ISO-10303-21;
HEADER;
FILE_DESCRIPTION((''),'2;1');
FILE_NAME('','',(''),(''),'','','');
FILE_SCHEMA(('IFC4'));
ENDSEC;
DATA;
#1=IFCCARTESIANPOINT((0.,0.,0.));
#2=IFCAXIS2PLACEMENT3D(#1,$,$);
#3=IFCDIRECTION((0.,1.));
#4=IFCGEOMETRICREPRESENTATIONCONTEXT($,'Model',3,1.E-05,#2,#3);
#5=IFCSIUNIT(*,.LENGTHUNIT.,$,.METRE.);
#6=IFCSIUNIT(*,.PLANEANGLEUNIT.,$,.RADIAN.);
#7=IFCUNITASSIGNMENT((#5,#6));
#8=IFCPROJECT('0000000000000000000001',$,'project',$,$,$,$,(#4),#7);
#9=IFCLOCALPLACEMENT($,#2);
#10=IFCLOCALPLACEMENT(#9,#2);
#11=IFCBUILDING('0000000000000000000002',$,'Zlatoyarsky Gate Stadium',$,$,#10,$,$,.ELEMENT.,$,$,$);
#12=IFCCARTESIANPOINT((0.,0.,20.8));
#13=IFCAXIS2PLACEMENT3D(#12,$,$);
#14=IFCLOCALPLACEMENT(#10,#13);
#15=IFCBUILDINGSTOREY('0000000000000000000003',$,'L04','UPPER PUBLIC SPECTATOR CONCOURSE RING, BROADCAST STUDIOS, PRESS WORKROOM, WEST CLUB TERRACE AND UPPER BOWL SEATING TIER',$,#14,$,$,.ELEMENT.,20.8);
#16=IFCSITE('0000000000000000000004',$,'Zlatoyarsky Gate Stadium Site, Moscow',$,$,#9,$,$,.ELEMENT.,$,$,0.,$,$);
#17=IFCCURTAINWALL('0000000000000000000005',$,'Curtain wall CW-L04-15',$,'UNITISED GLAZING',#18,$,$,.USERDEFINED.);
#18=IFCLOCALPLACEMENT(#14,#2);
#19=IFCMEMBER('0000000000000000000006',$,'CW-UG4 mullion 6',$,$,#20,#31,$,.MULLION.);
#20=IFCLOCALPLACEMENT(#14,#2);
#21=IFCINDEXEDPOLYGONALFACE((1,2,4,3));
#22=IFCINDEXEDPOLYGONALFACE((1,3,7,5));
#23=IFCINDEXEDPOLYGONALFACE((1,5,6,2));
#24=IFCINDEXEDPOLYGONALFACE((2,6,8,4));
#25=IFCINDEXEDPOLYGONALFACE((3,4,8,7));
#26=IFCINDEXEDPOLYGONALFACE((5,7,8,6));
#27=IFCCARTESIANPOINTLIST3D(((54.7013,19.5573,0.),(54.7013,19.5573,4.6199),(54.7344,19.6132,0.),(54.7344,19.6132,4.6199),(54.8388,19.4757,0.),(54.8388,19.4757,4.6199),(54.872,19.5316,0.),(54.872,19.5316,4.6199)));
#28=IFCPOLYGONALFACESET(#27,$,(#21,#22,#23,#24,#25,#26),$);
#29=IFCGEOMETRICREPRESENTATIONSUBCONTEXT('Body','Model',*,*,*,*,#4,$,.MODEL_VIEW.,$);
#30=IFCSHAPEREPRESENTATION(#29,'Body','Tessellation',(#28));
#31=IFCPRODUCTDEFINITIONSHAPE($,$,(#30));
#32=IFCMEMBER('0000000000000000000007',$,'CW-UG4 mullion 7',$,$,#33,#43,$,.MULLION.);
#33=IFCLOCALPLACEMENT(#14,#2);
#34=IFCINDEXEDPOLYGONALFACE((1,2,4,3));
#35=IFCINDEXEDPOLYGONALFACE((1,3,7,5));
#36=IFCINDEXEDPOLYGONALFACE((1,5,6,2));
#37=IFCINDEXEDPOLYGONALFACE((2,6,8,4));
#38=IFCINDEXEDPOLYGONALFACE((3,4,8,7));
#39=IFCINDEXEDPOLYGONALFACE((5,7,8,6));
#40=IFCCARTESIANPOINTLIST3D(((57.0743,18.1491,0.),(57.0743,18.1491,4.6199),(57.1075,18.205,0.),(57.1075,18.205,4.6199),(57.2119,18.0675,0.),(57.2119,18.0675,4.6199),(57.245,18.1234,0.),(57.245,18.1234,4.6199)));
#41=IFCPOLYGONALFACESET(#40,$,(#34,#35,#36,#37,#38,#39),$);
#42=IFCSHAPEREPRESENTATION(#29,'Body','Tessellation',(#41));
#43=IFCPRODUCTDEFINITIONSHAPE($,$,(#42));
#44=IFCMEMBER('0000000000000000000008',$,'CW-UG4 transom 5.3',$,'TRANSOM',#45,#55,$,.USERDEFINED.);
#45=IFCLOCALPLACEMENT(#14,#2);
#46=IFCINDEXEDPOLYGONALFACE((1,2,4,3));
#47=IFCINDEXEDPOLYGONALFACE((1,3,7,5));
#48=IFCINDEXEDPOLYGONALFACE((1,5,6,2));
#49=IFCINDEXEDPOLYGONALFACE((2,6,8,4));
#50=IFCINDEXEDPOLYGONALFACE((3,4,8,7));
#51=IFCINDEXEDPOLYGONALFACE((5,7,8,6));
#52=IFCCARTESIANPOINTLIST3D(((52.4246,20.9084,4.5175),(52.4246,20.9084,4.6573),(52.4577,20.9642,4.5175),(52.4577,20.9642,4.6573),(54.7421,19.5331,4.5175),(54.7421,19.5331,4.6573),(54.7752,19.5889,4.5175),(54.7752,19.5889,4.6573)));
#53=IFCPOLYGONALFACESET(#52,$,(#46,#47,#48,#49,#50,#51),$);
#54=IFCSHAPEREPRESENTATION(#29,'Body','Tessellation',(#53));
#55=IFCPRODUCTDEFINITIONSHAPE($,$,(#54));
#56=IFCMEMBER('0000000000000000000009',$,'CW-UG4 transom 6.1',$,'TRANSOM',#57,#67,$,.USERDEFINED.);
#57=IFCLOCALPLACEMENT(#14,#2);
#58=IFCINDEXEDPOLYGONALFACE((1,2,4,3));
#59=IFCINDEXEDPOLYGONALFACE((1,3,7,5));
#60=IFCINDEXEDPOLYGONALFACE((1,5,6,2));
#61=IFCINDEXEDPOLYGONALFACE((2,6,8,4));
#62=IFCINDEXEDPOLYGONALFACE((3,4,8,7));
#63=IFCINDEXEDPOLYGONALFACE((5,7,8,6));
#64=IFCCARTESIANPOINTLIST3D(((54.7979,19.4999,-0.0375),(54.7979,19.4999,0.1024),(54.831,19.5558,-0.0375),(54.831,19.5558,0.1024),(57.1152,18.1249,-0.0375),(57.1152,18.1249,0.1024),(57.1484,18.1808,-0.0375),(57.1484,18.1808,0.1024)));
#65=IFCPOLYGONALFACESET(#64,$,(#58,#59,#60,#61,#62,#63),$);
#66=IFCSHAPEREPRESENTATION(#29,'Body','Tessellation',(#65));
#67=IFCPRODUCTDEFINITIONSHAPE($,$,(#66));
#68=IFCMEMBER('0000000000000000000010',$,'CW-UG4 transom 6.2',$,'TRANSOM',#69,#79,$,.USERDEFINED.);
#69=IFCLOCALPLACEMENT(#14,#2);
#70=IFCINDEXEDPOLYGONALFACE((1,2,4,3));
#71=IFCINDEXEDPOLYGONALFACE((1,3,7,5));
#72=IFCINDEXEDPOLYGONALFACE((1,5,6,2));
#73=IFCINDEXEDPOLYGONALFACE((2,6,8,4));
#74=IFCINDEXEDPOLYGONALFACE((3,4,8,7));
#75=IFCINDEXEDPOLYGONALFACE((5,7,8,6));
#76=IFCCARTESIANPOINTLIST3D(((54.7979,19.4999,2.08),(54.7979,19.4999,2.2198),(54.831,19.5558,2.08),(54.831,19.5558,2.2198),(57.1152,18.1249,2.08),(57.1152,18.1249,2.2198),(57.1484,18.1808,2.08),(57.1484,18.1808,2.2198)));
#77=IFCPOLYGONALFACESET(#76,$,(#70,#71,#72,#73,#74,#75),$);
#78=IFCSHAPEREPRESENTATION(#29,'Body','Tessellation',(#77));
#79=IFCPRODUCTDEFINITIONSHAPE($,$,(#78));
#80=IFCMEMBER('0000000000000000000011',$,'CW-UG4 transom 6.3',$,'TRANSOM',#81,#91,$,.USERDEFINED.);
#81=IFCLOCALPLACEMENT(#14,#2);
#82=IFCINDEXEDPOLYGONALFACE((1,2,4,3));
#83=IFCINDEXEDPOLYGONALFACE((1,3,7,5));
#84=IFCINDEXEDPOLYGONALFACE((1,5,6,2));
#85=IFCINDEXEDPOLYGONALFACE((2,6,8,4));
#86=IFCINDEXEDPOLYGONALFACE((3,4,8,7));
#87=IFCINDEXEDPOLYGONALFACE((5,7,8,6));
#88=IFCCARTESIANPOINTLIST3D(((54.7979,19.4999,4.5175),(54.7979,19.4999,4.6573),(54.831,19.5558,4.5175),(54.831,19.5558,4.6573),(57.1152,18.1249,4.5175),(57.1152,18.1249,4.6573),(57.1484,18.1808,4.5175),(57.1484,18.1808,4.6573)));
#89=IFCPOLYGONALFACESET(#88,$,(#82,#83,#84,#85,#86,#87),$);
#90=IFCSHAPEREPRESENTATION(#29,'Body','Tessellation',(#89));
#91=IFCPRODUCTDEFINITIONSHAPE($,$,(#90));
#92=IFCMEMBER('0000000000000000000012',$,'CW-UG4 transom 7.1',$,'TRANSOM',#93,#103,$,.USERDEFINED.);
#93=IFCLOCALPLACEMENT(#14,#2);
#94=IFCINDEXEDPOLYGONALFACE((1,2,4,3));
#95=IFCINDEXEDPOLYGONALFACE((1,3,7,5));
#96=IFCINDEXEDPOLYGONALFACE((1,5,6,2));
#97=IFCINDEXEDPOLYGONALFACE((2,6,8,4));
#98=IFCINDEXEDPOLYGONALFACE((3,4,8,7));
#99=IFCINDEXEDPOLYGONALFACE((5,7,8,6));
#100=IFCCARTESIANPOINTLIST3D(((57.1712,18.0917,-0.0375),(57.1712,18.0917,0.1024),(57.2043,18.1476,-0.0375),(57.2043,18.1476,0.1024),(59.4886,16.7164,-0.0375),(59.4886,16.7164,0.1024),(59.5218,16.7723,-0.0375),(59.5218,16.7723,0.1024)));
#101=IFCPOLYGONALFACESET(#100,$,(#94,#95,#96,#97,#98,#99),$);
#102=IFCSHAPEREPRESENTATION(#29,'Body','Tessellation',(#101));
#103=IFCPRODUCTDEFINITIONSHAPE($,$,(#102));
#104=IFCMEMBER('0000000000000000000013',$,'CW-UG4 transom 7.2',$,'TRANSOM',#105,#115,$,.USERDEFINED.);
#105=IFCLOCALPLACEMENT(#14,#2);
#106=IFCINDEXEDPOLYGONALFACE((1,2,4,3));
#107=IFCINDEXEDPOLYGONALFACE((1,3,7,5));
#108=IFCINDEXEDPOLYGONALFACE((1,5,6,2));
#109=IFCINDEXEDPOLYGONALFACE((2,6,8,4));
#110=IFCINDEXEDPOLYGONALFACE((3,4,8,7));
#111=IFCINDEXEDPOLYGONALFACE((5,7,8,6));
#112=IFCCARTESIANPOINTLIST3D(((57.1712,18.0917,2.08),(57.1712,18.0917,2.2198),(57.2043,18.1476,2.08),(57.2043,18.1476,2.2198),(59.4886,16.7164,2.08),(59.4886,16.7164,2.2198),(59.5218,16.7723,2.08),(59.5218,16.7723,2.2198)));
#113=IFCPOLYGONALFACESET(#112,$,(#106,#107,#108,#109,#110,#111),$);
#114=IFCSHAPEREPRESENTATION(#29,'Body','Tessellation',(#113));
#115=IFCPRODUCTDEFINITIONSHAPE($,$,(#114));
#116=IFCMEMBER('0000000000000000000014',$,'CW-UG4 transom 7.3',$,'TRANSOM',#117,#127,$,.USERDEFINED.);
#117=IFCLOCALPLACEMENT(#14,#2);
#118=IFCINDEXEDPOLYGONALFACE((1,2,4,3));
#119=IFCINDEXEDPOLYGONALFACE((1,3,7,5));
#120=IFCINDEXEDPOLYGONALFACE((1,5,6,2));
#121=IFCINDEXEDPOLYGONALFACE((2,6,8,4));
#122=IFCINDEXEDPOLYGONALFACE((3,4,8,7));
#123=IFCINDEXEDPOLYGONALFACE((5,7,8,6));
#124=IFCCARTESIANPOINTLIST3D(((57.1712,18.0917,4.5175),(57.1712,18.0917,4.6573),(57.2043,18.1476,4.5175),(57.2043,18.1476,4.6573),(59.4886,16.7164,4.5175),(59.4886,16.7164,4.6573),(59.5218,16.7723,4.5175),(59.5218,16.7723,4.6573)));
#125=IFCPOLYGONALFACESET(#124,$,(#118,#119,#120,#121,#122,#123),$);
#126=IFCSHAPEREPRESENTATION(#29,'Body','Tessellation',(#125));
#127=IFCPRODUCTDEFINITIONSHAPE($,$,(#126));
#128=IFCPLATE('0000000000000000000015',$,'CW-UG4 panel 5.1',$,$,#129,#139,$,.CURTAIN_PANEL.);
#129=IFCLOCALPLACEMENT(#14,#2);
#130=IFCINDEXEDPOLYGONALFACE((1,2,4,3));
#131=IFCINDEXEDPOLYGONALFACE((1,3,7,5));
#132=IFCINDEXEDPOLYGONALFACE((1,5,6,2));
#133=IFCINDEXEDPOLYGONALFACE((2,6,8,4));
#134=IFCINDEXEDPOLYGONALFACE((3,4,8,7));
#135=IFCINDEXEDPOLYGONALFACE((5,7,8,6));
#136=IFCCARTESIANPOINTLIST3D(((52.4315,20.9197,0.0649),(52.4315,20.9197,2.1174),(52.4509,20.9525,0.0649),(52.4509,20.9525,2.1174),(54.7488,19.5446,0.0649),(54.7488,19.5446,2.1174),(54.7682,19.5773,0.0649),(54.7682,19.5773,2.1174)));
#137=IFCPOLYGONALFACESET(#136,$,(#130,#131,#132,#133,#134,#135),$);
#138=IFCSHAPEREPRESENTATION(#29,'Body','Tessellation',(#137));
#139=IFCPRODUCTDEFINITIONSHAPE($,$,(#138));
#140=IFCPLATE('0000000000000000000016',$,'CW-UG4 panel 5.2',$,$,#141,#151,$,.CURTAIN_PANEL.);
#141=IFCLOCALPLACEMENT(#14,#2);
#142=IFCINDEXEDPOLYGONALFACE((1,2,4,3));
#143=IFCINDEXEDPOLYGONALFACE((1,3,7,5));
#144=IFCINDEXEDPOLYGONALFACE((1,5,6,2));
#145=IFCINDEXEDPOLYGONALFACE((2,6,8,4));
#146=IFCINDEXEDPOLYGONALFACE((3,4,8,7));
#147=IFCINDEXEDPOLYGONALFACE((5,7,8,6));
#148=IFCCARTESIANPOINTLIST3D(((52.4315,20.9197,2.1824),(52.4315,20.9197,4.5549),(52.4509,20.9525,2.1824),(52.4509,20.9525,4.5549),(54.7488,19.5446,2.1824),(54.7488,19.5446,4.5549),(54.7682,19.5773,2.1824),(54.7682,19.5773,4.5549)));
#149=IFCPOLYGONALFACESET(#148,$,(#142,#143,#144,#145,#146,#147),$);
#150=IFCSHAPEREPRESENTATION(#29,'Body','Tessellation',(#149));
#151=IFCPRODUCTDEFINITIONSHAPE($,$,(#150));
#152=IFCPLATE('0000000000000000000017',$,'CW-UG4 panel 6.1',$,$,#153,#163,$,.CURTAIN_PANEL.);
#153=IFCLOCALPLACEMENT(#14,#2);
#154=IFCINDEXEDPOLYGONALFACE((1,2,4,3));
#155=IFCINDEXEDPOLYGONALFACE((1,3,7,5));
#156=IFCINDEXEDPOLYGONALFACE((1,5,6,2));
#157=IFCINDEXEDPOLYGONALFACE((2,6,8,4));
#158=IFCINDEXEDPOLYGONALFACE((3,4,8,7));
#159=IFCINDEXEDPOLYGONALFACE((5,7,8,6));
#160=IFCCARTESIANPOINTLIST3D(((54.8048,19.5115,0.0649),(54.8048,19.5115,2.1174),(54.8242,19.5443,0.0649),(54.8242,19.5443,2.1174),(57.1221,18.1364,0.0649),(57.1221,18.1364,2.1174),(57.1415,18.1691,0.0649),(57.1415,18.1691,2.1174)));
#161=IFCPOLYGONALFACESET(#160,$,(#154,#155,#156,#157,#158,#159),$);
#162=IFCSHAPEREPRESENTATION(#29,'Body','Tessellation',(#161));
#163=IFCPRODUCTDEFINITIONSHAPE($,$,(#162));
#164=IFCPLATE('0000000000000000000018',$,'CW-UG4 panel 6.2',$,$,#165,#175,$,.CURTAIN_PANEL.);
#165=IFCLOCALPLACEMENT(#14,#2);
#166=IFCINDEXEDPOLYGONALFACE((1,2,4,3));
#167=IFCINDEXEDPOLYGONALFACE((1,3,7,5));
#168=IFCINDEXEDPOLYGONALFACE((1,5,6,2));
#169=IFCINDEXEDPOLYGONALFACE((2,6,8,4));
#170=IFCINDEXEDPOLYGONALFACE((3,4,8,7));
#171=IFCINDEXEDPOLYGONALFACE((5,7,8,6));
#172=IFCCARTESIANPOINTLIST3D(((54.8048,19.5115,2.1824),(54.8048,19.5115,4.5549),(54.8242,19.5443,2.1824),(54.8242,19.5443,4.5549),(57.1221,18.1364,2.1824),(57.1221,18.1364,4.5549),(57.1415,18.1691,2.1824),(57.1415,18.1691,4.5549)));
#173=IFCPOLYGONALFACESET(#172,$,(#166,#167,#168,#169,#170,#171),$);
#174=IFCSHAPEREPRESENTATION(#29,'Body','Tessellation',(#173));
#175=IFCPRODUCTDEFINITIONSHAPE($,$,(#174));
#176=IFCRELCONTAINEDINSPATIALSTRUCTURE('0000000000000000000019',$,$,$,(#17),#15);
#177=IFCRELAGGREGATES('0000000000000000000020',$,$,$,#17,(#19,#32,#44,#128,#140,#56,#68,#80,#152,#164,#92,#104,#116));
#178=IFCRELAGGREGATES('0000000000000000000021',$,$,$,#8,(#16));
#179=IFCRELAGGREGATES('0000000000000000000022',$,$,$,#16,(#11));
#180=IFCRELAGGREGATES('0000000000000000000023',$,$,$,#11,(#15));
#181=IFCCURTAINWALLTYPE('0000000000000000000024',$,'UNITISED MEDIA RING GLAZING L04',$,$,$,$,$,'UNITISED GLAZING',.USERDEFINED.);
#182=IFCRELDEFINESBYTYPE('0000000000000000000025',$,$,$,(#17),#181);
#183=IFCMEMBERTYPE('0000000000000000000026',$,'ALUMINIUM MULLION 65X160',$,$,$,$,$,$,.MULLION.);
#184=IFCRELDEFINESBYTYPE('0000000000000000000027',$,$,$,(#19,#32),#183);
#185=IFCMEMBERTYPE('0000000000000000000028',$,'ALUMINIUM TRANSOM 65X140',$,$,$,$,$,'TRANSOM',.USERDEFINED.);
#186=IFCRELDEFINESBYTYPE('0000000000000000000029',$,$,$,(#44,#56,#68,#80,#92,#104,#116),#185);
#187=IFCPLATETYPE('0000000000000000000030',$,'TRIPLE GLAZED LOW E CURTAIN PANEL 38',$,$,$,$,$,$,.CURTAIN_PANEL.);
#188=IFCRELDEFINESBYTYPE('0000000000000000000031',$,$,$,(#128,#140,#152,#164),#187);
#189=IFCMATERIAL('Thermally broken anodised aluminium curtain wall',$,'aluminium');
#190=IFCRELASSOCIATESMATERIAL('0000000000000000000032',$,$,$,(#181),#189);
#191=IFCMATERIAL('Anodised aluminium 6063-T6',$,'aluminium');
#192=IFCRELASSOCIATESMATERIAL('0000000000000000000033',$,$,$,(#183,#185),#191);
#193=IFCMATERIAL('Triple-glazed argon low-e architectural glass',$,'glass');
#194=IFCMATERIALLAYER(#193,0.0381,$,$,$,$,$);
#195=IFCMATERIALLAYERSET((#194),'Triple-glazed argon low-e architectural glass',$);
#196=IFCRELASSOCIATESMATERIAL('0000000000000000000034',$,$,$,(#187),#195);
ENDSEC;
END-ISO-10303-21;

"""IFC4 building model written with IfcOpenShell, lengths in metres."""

from ifc_helpers import new_model, si_unit, direction, frame, origin, origin_2d, place, context, subcontext, project, spatial, rectangle, extrude, material, layer, layer_set, material_profile, profile_set, type_object, element, aggregate, save


model = new_model("IFC4")

# Units and contexts
model_context = context("Model", 3, precision=1e-05, world=origin(), true_north=direction((0.0, 1.0)))
body_context = subcontext(model_context, "Body", "Model", "MODEL_VIEW")
ifc_project = project(units=[si_unit("LENGTHUNIT", "METRE"), si_unit("PLANEANGLEUNIT", "RADIAN")], contexts=[model_context])

# Site, building, storey
site_placement = place(None, origin())
site = spatial("IfcSite", under=ifc_project, at=site_placement, Name="Zlatoyarsky Gate Stadium Site, Moscow", CompositionType="ELEMENT", RefElevation=0.0)
building_placement = place(site_placement, origin())
building = spatial("IfcBuilding", under=site, at=building_placement, Name="Zlatoyarsky Gate Stadium", CompositionType="ELEMENT")
storey_placement = place(building_placement, frame((0.0, 0.0, 20.8)))
storey = spatial("IfcBuildingStorey", under=building, at=storey_placement, Name="L04", Description="UPPER PUBLIC SPECTATOR CONCOURSE RING, BROADCAST STUDIOS, PRESS WORKROOM, WEST CLUB TERRACE AND UPPER BOWL SEATING TIER", CompositionType="ELEMENT", Elevation=20.8)

# Curtain wall, members, plates
ifc_material_1 = material(Name="Thermally broken anodised aluminium curtain wall", Category="aluminium")
curtain_wall_type = type_object("IfcCurtainWallType", Name="UNITISED MEDIA RING GLAZING L04", ElementType="UNITISED GLAZING", PredefinedType="USERDEFINED", material=ifc_material_1)
curtain_wall_placement = place(storey_placement, origin())
curtain_wall = element("IfcCurtainWall", 1, at=curtain_wall_placement, inside=storey, type_object=curtain_wall_type, Name="Curtain wall CW-L04-15", ObjectType="UNITISED GLAZING", PredefinedType="USERDEFINED")
ifc_material_2 = material(Name="Anodised aluminium 6063-T6", Category="aluminium")
ifc_material_profile_1 = material_profile(ifc_material_2, rectangle(XDim=0.0649, YDim=0.1599, at=origin_2d()), Name="ALU 65X160")
ifc_profile_set_1 = profile_set([ifc_material_profile_1], Name="Anodised aluminium 6063-T6")
member_type_1 = type_object("IfcMemberType", Name="ALUMINIUM MULLION 65X160", PredefinedType="MULLION", material=ifc_profile_set_1)
member_1_placement = place(storey_placement, frame((54.7866, 19.5444, 0.0), z_axis=(0.0, 0.0, 1.0), x_axis=(0.51033, 0.859978, 0.0)))
member_1 = element("IfcMember", 2, at=member_1_placement, type_object=member_type_1, Name="CW-UG4 mullion 6", PredefinedType="MULLION", context=body_context, shape_type="SweptSolid", body=[
    extrude(rectangle(XDim=0.0649, YDim=0.1599, at=origin_2d()), origin(), (0.0, 0.0, 1.0), 4.6199),
])
member_2_placement = place(storey_placement, frame((57.1597, 18.1362, 0.0), z_axis=(0.0, 0.0, 1.0), x_axis=(0.51033, 0.859978, 0.0)))
member_2 = element("IfcMember", 3, at=member_2_placement, type_object=member_type_1, Name="CW-UG4 mullion 7", PredefinedType="MULLION", context=body_context, shape_type="SweptSolid", body=[
    extrude(rectangle(XDim=0.0649, YDim=0.1599, at=origin_2d()), origin(), (0.0, 0.0, 1.0), 4.6199),
])
ifc_material_profile_2 = material_profile(ifc_material_2, rectangle(XDim=0.0649, YDim=0.1399, at=origin_2d()), Name="ALU 65X140")
ifc_profile_set_2 = profile_set([ifc_material_profile_2], Name="Anodised aluminium 6063-T6")
member_type_2 = type_object("IfcMemberType", Name="ALUMINIUM TRANSOM 65X140", ElementType="TRANSOM", PredefinedType="USERDEFINED", material=ifc_profile_set_2)
member_3_placement = place(storey_placement, frame((52.4412, 20.9363, 4.5874), z_axis=(0.859969, -0.510346, 0.0), x_axis=(0.510346, 0.859969, 0.0)))
member_3 = element("IfcMember", 4, at=member_3_placement, type_object=member_type_2, Name="CW-UG4 transom 5.3", ObjectType="TRANSOM", PredefinedType="USERDEFINED", context=body_context, shape_type="SweptSolid", body=[
    extrude(rectangle(XDim=0.0649, YDim=0.1399, at=origin_2d()), origin(), (0.0, 0.0, 1.0), 2.6948),
])
member_4_placement = place(storey_placement, frame((54.8145, 19.5278, 0.0325), z_axis=(0.860009, -0.510279, 0.0), x_axis=(0.510279, 0.860009, 0.0)))
member_4 = element("IfcMember", 5, at=member_4_placement, type_object=member_type_2, Name="CW-UG4 transom 6.1", ObjectType="TRANSOM", PredefinedType="USERDEFINED", context=body_context, shape_type="SweptSolid", body=[
    extrude(rectangle(XDim=0.0649, YDim=0.1399, at=origin_2d()), origin(), (0.0, 0.0, 1.0), 2.6946),
])
member_5_placement = place(storey_placement, frame((54.8145, 19.5278, 2.1499), z_axis=(0.860009, -0.510279, 0.0), x_axis=(0.510279, 0.860009, 0.0)))
member_5 = element("IfcMember", 6, at=member_5_placement, type_object=member_type_2, Name="CW-UG4 transom 6.2", ObjectType="TRANSOM", PredefinedType="USERDEFINED", context=body_context, shape_type="SweptSolid", body=[
    extrude(rectangle(XDim=0.0649, YDim=0.1399, at=origin_2d()), origin(), (0.0, 0.0, 1.0), 2.6946),
])
member_6_placement = place(storey_placement, frame((54.8145, 19.5278, 4.5874), z_axis=(0.860009, -0.510279, 0.0), x_axis=(0.510279, 0.860009, 0.0)))
member_6 = element("IfcMember", 7, at=member_6_placement, type_object=member_type_2, Name="CW-UG4 transom 6.3", ObjectType="TRANSOM", PredefinedType="USERDEFINED", context=body_context, shape_type="SweptSolid", body=[
    extrude(rectangle(XDim=0.0649, YDim=0.1399, at=origin_2d()), origin(), (0.0, 0.0, 1.0), 2.6946),
])
member_7_placement = place(storey_placement, frame((57.1877, 18.1196, 0.0325), z_axis=(0.859969, -0.510346, 0.0), x_axis=(0.510346, 0.859969, 0.0)))
member_7 = element("IfcMember", 8, at=member_7_placement, type_object=member_type_2, Name="CW-UG4 transom 7.1", ObjectType="TRANSOM", PredefinedType="USERDEFINED", context=body_context, shape_type="SweptSolid", body=[
    extrude(rectangle(XDim=0.0649, YDim=0.1399, at=origin_2d()), origin(), (0.0, 0.0, 1.0), 2.6948),
])
member_8_placement = place(storey_placement, frame((57.1877, 18.1196, 2.1499), z_axis=(0.859969, -0.510346, 0.0), x_axis=(0.510346, 0.859969, 0.0)))
member_8 = element("IfcMember", 9, at=member_8_placement, type_object=member_type_2, Name="CW-UG4 transom 7.2", ObjectType="TRANSOM", PredefinedType="USERDEFINED", context=body_context, shape_type="SweptSolid", body=[
    extrude(rectangle(XDim=0.0649, YDim=0.1399, at=origin_2d()), origin(), (0.0, 0.0, 1.0), 2.6948),
])
member_9_placement = place(storey_placement, frame((57.1877, 18.1196, 4.5874), z_axis=(0.859969, -0.510346, 0.0), x_axis=(0.510346, 0.859969, 0.0)))
member_9 = element("IfcMember", 10, at=member_9_placement, type_object=member_type_2, Name="CW-UG4 transom 7.3", ObjectType="TRANSOM", PredefinedType="USERDEFINED", context=body_context, shape_type="SweptSolid", body=[
    extrude(rectangle(XDim=0.0649, YDim=0.1399, at=origin_2d()), origin(), (0.0, 0.0, 1.0), 2.6948),
])
ifc_material_3 = material(Name="Triple-glazed argon low-e architectural glass", Category="glass")
ifc_layer_1 = layer(ifc_material_3, 0.0381)
ifc_layer_set_1 = layer_set([ifc_layer_1], Name="Triple-glazed argon low-e architectural glass")
plate_type = type_object("IfcPlateType", Name="TRIPLE GLAZED LOW E CURTAIN PANEL 38", PredefinedType="CURTAIN_PANEL", material=ifc_layer_set_1)
plate_1_placement = place(storey_placement, frame((53.5999, 20.2485, 0.0649), z_axis=(0.0, 0.0, 1.0), x_axis=(0.859978, -0.51033, 0.0)))
plate_1 = element("IfcPlate", 11, at=plate_1_placement, type_object=plate_type, Name="CW-UG4 panel 5.1", PredefinedType="CURTAIN_PANEL", context=body_context, shape_type="SweptSolid", body=[
    extrude(rectangle(XDim=2.6946, YDim=0.0381, at=origin_2d()), origin(), (0.0, 0.0, 1.0), 2.0525),
])
plate_2_placement = place(storey_placement, frame((53.5999, 20.2485, 2.1824), z_axis=(0.0, 0.0, 1.0), x_axis=(0.859978, -0.51033, 0.0)))
plate_2 = element("IfcPlate", 12, at=plate_2_placement, type_object=plate_type, Name="CW-UG4 panel 5.2", PredefinedType="CURTAIN_PANEL", context=body_context, shape_type="SweptSolid", body=[
    extrude(rectangle(XDim=2.6946, YDim=0.0381, at=origin_2d()), origin(), (0.0, 0.0, 1.0), 2.3726),
])
plate_3_placement = place(storey_placement, frame((55.9731, 18.8403, 0.0649), z_axis=(0.0, 0.0, 1.0), x_axis=(0.859978, -0.51033, 0.0)))
plate_3 = element("IfcPlate", 13, at=plate_3_placement, type_object=plate_type, Name="CW-UG4 panel 6.1", PredefinedType="CURTAIN_PANEL", context=body_context, shape_type="SweptSolid", body=[
    extrude(rectangle(XDim=2.6946, YDim=0.0381, at=origin_2d()), origin(), (0.0, 0.0, 1.0), 2.0525),
])
plate_4_placement = place(storey_placement, frame((55.9731, 18.8403, 2.1824), z_axis=(0.0, 0.0, 1.0), x_axis=(0.859978, -0.51033, 0.0)))
plate_4 = element("IfcPlate", 14, at=plate_4_placement, type_object=plate_type, Name="CW-UG4 panel 6.2", PredefinedType="CURTAIN_PANEL", context=body_context, shape_type="SweptSolid", body=[
    extrude(rectangle(XDim=2.6946, YDim=0.0381, at=origin_2d()), origin(), (0.0, 0.0, 1.0), 2.3726),
])
aggregate(curtain_wall, [member_1, member_2, member_3, plate_1, plate_2, member_4, member_5, member_6, plate_3, plate_4, member_7, member_8, member_9])

save(model, "model.ifc")
